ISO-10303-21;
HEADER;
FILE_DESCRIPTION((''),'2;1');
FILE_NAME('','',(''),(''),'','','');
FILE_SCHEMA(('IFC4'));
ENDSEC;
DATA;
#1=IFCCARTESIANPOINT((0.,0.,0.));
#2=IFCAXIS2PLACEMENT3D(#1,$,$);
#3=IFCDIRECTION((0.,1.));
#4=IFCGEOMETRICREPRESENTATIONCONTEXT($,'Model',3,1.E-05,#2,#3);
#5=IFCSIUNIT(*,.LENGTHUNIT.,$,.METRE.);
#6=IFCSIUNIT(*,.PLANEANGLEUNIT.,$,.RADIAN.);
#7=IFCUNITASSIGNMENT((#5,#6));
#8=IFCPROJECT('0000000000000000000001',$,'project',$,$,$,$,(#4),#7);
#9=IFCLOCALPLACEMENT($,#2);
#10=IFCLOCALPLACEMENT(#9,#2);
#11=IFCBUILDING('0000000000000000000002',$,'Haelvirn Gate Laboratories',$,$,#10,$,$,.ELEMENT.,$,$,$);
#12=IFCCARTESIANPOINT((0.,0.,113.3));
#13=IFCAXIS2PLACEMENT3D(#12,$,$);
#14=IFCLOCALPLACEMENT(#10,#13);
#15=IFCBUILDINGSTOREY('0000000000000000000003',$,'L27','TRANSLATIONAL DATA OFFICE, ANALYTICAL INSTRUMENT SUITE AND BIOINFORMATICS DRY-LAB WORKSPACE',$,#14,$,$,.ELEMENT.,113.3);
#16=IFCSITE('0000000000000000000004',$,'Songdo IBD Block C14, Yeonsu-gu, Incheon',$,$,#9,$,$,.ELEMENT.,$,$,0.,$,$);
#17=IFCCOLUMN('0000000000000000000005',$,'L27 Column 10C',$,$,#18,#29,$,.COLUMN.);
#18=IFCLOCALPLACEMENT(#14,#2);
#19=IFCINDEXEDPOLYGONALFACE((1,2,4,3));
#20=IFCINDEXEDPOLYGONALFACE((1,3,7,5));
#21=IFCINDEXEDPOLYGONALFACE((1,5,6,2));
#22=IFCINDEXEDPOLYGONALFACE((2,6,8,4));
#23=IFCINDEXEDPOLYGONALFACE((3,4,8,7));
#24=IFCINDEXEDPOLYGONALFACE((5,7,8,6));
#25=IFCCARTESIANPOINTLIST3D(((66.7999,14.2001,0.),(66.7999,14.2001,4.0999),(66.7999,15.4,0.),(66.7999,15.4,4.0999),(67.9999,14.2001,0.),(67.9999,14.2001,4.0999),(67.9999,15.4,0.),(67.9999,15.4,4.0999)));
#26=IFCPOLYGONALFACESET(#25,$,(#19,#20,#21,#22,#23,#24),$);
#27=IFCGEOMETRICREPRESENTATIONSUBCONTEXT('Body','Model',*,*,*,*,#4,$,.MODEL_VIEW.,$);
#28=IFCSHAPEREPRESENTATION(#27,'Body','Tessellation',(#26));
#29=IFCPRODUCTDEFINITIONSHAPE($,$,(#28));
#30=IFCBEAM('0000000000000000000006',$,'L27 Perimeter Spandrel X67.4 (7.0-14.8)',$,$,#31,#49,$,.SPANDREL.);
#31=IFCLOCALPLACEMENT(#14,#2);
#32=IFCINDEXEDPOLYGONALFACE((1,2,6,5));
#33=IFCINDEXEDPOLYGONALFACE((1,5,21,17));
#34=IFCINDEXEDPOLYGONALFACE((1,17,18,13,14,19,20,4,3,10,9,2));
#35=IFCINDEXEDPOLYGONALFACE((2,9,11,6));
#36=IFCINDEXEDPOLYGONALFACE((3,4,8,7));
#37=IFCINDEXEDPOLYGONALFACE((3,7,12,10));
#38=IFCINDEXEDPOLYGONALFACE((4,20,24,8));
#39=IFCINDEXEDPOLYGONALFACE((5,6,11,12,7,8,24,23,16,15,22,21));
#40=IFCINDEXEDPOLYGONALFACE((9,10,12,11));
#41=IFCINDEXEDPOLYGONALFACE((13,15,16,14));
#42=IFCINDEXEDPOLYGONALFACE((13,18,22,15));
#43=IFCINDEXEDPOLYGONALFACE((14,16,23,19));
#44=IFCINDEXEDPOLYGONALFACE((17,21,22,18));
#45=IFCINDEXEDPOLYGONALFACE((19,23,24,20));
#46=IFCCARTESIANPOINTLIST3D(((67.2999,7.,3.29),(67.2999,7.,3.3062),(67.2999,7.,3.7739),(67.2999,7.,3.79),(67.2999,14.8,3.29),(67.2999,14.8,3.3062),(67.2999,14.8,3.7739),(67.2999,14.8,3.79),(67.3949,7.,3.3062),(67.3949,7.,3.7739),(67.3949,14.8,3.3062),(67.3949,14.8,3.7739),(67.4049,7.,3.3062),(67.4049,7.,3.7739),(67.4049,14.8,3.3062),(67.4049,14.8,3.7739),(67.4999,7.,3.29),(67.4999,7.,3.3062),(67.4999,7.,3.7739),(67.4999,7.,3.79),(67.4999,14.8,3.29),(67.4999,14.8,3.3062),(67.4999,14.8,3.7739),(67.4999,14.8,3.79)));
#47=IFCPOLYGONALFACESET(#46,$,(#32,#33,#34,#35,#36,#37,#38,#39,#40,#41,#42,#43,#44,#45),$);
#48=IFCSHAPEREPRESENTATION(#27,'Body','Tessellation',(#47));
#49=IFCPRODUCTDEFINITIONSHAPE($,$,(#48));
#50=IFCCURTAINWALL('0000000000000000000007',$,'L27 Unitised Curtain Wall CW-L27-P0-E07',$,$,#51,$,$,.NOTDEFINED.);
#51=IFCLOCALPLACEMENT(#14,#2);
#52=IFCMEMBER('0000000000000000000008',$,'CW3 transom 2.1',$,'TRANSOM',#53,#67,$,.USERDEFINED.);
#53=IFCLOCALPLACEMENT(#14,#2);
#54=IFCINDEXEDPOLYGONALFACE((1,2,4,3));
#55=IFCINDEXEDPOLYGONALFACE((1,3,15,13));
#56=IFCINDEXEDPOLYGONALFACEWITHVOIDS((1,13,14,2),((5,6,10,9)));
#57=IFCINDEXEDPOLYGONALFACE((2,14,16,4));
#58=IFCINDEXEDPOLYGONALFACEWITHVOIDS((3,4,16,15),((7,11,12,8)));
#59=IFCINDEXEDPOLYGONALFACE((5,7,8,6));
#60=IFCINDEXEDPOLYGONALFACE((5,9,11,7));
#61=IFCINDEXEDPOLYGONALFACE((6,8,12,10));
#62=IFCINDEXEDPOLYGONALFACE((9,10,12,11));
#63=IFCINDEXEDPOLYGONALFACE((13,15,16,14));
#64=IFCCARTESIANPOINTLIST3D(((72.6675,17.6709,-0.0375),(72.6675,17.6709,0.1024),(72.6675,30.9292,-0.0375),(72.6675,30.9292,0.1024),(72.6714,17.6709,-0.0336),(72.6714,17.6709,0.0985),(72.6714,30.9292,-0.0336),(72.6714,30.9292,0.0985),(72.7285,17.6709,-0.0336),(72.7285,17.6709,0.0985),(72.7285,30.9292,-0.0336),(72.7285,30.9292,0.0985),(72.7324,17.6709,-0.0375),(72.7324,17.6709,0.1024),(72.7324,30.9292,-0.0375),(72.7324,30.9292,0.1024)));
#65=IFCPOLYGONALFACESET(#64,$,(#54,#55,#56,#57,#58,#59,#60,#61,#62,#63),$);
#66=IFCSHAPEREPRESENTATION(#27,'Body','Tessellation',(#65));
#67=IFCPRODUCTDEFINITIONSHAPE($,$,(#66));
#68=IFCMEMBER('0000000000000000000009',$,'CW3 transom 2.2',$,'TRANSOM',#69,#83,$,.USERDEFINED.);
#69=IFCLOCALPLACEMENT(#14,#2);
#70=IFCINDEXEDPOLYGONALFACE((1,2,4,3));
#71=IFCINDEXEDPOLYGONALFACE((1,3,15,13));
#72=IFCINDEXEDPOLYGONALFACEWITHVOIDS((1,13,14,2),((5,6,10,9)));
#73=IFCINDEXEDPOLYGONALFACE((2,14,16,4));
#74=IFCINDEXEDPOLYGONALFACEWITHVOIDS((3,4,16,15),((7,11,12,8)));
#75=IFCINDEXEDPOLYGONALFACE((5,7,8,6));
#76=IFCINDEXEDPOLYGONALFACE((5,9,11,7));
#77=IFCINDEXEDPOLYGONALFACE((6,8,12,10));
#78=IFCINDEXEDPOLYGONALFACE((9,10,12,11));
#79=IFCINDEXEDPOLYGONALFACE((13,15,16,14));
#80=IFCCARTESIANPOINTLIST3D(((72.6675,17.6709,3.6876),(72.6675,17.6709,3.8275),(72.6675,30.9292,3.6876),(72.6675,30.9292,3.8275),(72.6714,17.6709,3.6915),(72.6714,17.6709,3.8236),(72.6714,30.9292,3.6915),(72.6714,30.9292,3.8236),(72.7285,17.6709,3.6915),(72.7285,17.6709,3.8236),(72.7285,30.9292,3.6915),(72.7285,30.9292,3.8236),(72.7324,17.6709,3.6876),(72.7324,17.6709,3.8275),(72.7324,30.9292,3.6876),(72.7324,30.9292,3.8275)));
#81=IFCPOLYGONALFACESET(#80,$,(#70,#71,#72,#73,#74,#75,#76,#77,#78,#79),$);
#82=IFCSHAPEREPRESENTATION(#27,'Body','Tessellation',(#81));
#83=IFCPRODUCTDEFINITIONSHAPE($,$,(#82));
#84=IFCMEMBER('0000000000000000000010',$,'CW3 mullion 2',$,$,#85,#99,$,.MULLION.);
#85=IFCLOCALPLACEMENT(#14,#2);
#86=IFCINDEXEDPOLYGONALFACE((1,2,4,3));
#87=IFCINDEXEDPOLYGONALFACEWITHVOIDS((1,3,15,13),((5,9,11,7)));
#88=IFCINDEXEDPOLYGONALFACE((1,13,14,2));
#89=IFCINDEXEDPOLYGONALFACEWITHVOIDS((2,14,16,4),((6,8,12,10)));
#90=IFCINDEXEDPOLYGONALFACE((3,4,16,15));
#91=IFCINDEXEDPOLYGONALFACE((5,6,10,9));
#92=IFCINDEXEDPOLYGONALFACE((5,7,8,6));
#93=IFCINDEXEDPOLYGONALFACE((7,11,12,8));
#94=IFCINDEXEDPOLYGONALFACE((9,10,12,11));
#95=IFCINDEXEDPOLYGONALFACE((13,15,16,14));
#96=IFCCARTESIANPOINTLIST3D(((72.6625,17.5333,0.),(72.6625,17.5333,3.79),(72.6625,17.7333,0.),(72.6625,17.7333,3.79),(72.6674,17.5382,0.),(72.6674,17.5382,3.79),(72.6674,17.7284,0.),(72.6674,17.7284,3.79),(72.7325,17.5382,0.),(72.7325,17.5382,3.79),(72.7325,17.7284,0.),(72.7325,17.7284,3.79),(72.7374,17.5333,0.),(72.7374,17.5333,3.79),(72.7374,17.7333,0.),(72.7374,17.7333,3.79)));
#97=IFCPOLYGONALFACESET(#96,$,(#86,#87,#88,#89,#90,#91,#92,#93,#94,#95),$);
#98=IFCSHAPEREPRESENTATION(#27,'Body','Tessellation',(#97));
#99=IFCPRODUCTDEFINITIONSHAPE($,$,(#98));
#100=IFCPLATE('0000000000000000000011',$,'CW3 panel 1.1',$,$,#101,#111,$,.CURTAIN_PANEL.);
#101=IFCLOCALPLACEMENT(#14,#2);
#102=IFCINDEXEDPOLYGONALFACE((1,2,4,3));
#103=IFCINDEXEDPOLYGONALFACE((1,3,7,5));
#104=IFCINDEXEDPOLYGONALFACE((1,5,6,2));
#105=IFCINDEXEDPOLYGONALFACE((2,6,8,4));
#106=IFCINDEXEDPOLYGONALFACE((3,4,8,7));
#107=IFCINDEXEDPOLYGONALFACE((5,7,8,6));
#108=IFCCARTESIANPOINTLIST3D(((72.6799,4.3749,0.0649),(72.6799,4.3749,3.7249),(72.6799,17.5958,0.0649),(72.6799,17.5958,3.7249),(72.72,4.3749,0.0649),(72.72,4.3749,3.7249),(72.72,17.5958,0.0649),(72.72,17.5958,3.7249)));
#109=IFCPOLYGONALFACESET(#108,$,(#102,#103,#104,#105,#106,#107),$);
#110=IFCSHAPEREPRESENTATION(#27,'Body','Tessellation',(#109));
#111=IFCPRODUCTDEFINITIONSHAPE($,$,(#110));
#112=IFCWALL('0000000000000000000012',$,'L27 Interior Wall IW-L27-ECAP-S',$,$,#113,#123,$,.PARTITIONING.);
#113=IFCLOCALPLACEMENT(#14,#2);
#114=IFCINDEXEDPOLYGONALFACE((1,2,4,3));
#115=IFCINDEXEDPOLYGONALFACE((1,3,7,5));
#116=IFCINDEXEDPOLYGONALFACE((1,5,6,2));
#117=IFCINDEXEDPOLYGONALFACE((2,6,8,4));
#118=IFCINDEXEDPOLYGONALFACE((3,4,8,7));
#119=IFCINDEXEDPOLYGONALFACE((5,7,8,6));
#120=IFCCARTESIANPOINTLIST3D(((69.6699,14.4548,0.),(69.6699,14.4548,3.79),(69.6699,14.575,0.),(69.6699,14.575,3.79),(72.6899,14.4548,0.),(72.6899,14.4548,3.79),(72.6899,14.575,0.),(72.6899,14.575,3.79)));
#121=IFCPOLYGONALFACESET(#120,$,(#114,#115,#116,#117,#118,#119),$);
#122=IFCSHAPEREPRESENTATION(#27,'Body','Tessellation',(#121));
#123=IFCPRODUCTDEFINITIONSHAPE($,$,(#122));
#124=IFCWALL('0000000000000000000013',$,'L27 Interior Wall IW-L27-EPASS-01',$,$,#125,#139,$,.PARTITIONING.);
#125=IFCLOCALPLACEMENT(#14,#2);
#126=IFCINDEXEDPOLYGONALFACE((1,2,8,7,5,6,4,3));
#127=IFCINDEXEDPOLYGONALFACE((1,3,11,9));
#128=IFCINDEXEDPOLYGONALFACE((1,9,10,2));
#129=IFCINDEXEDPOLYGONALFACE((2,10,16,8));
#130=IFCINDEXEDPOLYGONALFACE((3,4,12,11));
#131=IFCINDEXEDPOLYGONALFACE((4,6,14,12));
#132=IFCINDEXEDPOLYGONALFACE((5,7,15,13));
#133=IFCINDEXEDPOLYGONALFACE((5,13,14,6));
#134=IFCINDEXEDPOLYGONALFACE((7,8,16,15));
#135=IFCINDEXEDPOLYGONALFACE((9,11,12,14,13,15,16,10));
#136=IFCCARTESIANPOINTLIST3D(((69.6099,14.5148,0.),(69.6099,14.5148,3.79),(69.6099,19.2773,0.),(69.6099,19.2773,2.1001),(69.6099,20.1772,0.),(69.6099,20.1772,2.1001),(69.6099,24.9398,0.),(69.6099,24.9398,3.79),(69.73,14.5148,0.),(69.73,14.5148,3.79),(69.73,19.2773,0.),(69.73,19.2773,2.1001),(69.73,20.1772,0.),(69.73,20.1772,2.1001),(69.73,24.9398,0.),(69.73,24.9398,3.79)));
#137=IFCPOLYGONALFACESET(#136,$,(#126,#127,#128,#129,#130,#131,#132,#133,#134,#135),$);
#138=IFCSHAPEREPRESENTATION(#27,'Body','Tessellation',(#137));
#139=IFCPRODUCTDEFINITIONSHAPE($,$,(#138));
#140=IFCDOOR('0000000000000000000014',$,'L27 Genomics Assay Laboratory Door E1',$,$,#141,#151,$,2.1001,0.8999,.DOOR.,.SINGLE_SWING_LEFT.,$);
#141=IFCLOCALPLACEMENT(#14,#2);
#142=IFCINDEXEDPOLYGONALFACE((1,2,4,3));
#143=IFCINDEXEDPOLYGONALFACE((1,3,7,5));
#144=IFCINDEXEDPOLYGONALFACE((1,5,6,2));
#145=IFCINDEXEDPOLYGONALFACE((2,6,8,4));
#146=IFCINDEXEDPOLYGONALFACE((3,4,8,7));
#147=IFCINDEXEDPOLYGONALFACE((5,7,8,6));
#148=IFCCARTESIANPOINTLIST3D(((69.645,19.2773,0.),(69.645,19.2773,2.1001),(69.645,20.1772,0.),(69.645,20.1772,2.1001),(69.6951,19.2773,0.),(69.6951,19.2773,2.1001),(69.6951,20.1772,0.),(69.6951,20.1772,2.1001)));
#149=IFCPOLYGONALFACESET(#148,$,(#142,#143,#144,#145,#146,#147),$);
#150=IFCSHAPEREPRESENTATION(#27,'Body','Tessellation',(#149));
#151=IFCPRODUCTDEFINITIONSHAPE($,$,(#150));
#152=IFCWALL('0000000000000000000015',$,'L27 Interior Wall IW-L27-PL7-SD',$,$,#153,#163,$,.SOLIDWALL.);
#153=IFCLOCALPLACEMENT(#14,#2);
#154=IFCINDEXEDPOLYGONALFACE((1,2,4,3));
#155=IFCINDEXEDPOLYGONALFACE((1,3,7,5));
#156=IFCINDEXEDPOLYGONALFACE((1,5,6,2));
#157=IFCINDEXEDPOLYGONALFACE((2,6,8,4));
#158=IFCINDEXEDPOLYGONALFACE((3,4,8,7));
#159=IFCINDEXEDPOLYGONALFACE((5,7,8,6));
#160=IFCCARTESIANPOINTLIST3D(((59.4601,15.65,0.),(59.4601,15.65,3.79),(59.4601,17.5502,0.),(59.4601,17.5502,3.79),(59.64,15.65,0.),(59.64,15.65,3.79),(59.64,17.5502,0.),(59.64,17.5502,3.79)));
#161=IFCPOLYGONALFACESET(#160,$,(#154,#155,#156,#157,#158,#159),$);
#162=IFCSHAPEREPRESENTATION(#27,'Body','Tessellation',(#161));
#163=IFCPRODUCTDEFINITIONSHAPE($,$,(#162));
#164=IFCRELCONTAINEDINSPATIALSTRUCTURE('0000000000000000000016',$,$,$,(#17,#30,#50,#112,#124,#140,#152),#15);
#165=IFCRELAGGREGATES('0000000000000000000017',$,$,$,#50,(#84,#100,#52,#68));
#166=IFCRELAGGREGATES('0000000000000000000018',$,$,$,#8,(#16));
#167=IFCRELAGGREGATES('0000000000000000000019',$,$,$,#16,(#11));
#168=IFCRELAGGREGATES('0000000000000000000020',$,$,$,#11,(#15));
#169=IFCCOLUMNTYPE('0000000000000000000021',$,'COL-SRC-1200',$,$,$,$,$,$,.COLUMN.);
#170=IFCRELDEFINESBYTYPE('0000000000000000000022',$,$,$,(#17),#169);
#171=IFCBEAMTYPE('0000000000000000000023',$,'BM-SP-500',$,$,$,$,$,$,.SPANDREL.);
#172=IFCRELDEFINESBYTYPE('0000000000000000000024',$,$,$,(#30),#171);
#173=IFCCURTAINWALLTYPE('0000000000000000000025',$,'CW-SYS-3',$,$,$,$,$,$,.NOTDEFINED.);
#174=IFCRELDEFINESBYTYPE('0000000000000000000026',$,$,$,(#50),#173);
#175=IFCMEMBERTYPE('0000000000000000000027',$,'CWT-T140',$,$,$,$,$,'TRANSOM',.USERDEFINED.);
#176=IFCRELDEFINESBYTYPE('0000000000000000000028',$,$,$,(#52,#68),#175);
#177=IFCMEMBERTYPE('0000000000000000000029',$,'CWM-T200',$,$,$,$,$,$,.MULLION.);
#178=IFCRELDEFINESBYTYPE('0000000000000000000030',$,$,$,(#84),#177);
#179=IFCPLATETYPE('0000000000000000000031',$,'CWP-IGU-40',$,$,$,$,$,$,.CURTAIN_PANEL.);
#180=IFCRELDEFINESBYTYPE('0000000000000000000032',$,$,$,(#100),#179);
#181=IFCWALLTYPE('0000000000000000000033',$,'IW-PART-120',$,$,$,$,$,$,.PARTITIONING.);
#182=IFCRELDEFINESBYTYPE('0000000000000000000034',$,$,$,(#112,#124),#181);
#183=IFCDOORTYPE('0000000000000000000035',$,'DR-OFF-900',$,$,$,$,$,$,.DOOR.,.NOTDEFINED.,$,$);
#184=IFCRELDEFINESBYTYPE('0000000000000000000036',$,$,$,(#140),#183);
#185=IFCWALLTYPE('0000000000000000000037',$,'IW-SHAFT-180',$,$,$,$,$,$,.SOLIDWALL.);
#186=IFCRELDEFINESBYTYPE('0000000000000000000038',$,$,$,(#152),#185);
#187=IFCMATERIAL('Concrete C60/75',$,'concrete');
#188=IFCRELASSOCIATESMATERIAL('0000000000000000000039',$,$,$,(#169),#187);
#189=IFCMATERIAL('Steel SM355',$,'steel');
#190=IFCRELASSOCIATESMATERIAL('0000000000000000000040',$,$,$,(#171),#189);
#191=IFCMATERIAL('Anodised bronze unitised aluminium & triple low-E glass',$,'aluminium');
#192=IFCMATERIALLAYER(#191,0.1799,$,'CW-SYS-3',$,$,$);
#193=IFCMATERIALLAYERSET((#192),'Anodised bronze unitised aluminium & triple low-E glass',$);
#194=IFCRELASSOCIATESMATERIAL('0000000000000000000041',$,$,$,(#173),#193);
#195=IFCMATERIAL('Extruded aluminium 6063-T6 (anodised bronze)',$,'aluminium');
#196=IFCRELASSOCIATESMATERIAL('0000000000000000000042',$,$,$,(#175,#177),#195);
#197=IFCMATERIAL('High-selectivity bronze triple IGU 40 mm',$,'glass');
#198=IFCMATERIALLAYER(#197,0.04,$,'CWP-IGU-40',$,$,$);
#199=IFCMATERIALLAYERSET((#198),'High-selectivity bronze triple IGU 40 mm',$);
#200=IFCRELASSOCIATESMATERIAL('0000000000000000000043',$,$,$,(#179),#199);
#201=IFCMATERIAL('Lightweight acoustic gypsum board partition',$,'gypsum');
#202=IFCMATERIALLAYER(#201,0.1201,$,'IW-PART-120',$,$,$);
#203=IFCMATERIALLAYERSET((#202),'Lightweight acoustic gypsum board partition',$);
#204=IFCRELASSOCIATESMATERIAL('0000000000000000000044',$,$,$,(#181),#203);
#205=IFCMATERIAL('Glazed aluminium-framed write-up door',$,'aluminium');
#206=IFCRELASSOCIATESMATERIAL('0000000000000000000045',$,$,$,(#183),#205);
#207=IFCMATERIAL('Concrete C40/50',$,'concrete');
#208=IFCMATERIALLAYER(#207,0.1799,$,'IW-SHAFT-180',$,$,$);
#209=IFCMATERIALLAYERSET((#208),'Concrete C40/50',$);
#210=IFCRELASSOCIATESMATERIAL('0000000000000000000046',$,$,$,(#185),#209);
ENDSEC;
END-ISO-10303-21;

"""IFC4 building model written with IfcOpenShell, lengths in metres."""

from ifc_helpers import new_model, si_unit, direction, frame, frame_2d, origin, origin_2d, place, context, subcontext, project, spatial, rectangle, hollow_rectangle, i_section, extrude, source, transform, mapped, material, layer, layer_set, material_profile, profile_set, type_object, type_shapes, element, fill, aggregate, save


model = new_model("IFC4")

# Units and contexts
model_context = context("Model", 3, precision=1e-05, world=origin(), true_north=direction((0.0, 1.0)))
body_context = subcontext(model_context, "Body", "Model", "MODEL_VIEW")
ifc_project = project(units=[si_unit("LENGTHUNIT", "METRE"), si_unit("PLANEANGLEUNIT", "RADIAN")], contexts=[model_context])

# Site, building, storey
site_placement = place(None, origin())
site = spatial("IfcSite", under=ifc_project, at=site_placement, Name="Songdo IBD Block C14, Yeonsu-gu, Incheon", CompositionType="ELEMENT", RefElevation=0.0)
building_placement = place(site_placement, origin())
building = spatial("IfcBuilding", under=site, at=building_placement, Name="Haelvirn Gate Laboratories", CompositionType="ELEMENT")
storey_placement = place(building_placement, frame((0.0, 0.0, 113.3)))
storey = spatial("IfcBuildingStorey", under=building, at=storey_placement, Name="L27", Description="TRANSLATIONAL DATA OFFICE, ANALYTICAL INSTRUMENT SUITE AND BIOINFORMATICS DRY-LAB WORKSPACE", CompositionType="ELEMENT", Elevation=113.3)

# Column
ifc_material_1 = material(Name="Concrete C60/75", Category="concrete")
ifc_material_profile_1 = material_profile(ifc_material_1, rectangle(XDim=1.2, YDim=1.2, at=origin_2d()), Name="SRC-1200x1200")
ifc_profile_set_1 = profile_set([ifc_material_profile_1], Name="Concrete C60/75")
column_type = type_object("IfcColumnType", Name="COL-SRC-1200", PredefinedType="COLUMN", material=ifc_profile_set_1)
shared_shape_1 = source(origin(), body_context, "Body", "SweptSolid", [
    extrude(rectangle(XDim=1.2, YDim=1.2, at=origin_2d()), origin(), (0.0, 0.0, 1.0), 4.0999),
])
type_shapes(column_type, [shared_shape_1])
column_placement = place(storey_placement, frame((67.3999, 14.8, 0.0), z_axis=(0.0, 0.0, 1.0), x_axis=(1.0, 0.0, 0.0)))
element("IfcColumn", 1, at=column_placement, inside=storey, type_object=column_type, Name="L27 Column 10C", PredefinedType="COLUMN", context=body_context, shape_type="MappedRepresentation", body=[
    mapped(shared_shape_1, transform((0.0, 0.0, 0.0), scale=1.0)),
])

# Beam
ifc_material_2 = material(Name="Steel SM355", Category="steel")
ifc_material_profile_2 = material_profile(ifc_material_2, i_section(OverallWidth=0.2, OverallDepth=0.5, WebThickness=0.01, FlangeThickness=0.0161, at=origin_2d()), Name="H-500x200x10x16")
ifc_profile_set_2 = profile_set([ifc_material_profile_2], Name="Steel SM355")
beam_type = type_object("IfcBeamType", Name="BM-SP-500", PredefinedType="SPANDREL", material=ifc_profile_set_2)
shared_shape_2 = source(origin(), body_context, "Body", "SweptSolid", [
    extrude(i_section(OverallWidth=0.2, OverallDepth=0.5, WebThickness=0.01, FlangeThickness=0.0161, at=origin_2d()), origin(), (0.0, 0.0, 1.0), 7.8),
])
type_shapes(beam_type, [shared_shape_2])
beam_placement = place(storey_placement, frame((67.3999, 7.0, 3.54), z_axis=(0.0, 1.0, 0.0), x_axis=(-1.0, 0.0, 0.0)))
element("IfcBeam", 2, at=beam_placement, inside=storey, type_object=beam_type, Name="L27 Perimeter Spandrel X67.4 (7.0-14.8)", PredefinedType="SPANDREL", context=body_context, shape_type="MappedRepresentation", body=[
    mapped(shared_shape_2, transform((0.0, 0.0, 0.0), scale=1.0)),
])

# Curtain wall, members, plate
ifc_material_3 = material(Name="Anodised bronze unitised aluminium & triple low-E glass", Category="aluminium")
ifc_layer_1 = layer(ifc_material_3, 0.1799, Name="CW-SYS-3")
ifc_layer_set_1 = layer_set([ifc_layer_1], Name="Anodised bronze unitised aluminium & triple low-E glass")
curtain_wall_type = type_object("IfcCurtainWallType", Name="CW-SYS-3", PredefinedType="NOTDEFINED", material=ifc_layer_set_1)
curtain_wall_placement = place(storey_placement, origin())
curtain_wall = element("IfcCurtainWall", 3, at=curtain_wall_placement, inside=storey, type_object=curtain_wall_type, Name="L27 Unitised Curtain Wall CW-L27-P0-E07", PredefinedType="NOTDEFINED")
ifc_material_4 = material(Name="Extruded aluminium 6063-T6 (anodised bronze)", Category="aluminium")
ifc_material_profile_3 = material_profile(ifc_material_4, hollow_rectangle(XDim=0.0649, YDim=0.1399, WallThickness=0.0039, at=origin_2d()), Name="CWT-140x65x4")
ifc_profile_set_3 = profile_set([ifc_material_profile_3], Name="Extruded aluminium 6063-T6 (anodised bronze)")
member_type_1 = type_object("IfcMemberType", Name="CWT-T140", ElementType="TRANSOM", PredefinedType="USERDEFINED", material=ifc_profile_set_3)
shared_shape_3 = source(origin(), body_context, "Body", "SweptSolid", [
    extrude(hollow_rectangle(XDim=0.0649, YDim=0.1399, WallThickness=0.0039, at=origin_2d()), origin(), (0.0, 0.0, 1.0), 13.2583),
])
type_shapes(member_type_1, [shared_shape_3])
member_1_placement = place(storey_placement, frame((72.7, 17.6709, 0.0325), z_axis=(0.0, 1.0, 0.0), x_axis=(-1.0, 0.0, 0.0)))
member_1 = element("IfcMember", 4, at=member_1_placement, type_object=member_type_1, Name="CW3 transom 2.1", ObjectType="TRANSOM", PredefinedType="USERDEFINED", context=body_context, shape_type="MappedRepresentation", body=[
    mapped(shared_shape_3, transform((0.0, 0.0, 0.0), scale=1.0)),
])
member_2_placement = place(storey_placement, frame((72.7, 17.6709, 3.7576), z_axis=(0.0, 1.0, 0.0), x_axis=(-1.0, 0.0, 0.0)))
member_2 = element("IfcMember", 5, at=member_2_placement, type_object=member_type_1, Name="CW3 transom 2.2", ObjectType="TRANSOM", PredefinedType="USERDEFINED", context=body_context, shape_type="MappedRepresentation", body=[
    mapped(shared_shape_3, transform((0.0, 0.0, 0.0), scale=1.0)),
])
ifc_material_profile_4 = material_profile(ifc_material_4, hollow_rectangle(XDim=0.075, YDim=0.2, WallThickness=0.0049, at=origin_2d()), Name="CWM-200x75x5")
ifc_profile_set_4 = profile_set([ifc_material_profile_4], Name="Extruded aluminium 6063-T6 (anodised bronze)")
member_type_2 = type_object("IfcMemberType", Name="CWM-T200", PredefinedType="MULLION", material=ifc_profile_set_4)
shared_shape_4 = source(origin(), body_context, "Body", "SweptSolid", [
    extrude(hollow_rectangle(XDim=0.075, YDim=0.2, WallThickness=0.0049, at=origin_2d()), origin(), (0.0, 0.0, 1.0), 3.79),
])
type_shapes(member_type_2, [shared_shape_4])
member_3_placement = place(storey_placement, frame((72.7, 17.6333, 0.0), z_axis=(0.0, 0.0, 1.0), x_axis=(-1.0, 0.0, 0.0)))
member_3 = element("IfcMember", 6, at=member_3_placement, type_object=member_type_2, Name="CW3 mullion 2", PredefinedType="MULLION", context=body_context, shape_type="MappedRepresentation", body=[
    mapped(shared_shape_4, transform((0.0, 0.0, 0.0), scale=1.0)),
])
ifc_material_5 = material(Name="High-selectivity bronze triple IGU 40 mm", Category="glass")
ifc_layer_2 = layer(ifc_material_5, 0.04, Name="CWP-IGU-40")
ifc_layer_set_2 = layer_set([ifc_layer_2], Name="High-selectivity bronze triple IGU 40 mm")
plate_type = type_object("IfcPlateType", Name="CWP-IGU-40", PredefinedType="CURTAIN_PANEL", material=ifc_layer_set_2)
shared_shape_5 = source(origin(), body_context, "Body", "SweptSolid", [
    extrude(rectangle(XDim=13.2209, YDim=0.04, at=origin_2d()), origin(), (0.0, 0.0, 1.0), 3.6599),
])
type_shapes(plate_type, [shared_shape_5])
plate_placement = place(storey_placement, frame((72.7, 10.9854, 0.0649), z_axis=(0.0, 0.0, 1.0), x_axis=(0.0, 1.0, 0.0)))
plate = element("IfcPlate", 7, at=plate_placement, type_object=plate_type, Name="CW3 panel 1.1", PredefinedType="CURTAIN_PANEL", context=body_context, shape_type="MappedRepresentation", body=[
    mapped(shared_shape_5, transform((0.0, 0.0, 0.0), scale=1.0)),
])
aggregate(curtain_wall, [member_3, plate, member_1, member_2])

# Wall
ifc_material_6 = material(Name="Lightweight acoustic gypsum board partition", Category="gypsum")
ifc_layer_3 = layer(ifc_material_6, 0.1201, Name="IW-PART-120")
ifc_layer_set_3 = layer_set([ifc_layer_3], Name="Lightweight acoustic gypsum board partition")
wall_type_1 = type_object("IfcWallType", Name="IW-PART-120", PredefinedType="PARTITIONING", material=ifc_layer_set_3)
wall_1_placement = place(storey_placement, frame((69.6699, 14.5149, 0.0), z_axis=(0.0, 0.0, 1.0), x_axis=(1.0, 0.0, 0.0)))
element("IfcWall", 8, at=wall_1_placement, inside=storey, type_object=wall_type_1, Name="L27 Interior Wall IW-L27-ECAP-S", PredefinedType="PARTITIONING", context=body_context, shape_type="SweptSolid", body=[
    extrude(rectangle(XDim=3.02, YDim=0.1201, at=frame_2d((1.51, 0.0))), origin(), (0.0, 0.0, 1.0), 3.79),
])

# Wall, opening, door
wall_2_placement = place(storey_placement, frame((69.6699, 14.5149, 0.0), z_axis=(0.0, 0.0, 1.0), x_axis=(0.0, 1.0, 0.0)))
wall_2 = element("IfcWall", 9, at=wall_2_placement, inside=storey, type_object=wall_type_1, Name="L27 Interior Wall IW-L27-EPASS-01", PredefinedType="PARTITIONING", context=body_context, shape_type="SweptSolid", body=[
    extrude(rectangle(XDim=10.425, YDim=0.1201, at=frame_2d((5.2124, 0.0))), origin(), (0.0, 0.0, 1.0), 3.79),
])
opening_1_placement = place(wall_2_placement, frame((4.7625, 0.0, 0.0)))
opening_1 = element("IfcOpeningElement", 10, at=opening_1_placement, cuts=wall_2, PredefinedType="OPENING", context=body_context, shape_type="SweptSolid", body=[
    extrude(rectangle(XDim=0.8999, YDim=2.1001, at=frame_2d((0.45, 1.05))), frame((0.0, 0.0701, 0.0), z_axis=(0.0, -1.0, 0.0), x_axis=(1.0, 0.0, 0.0)), (0.0, 0.0, 1.0), 0.1401),
])
ifc_material_7 = material(Name="Glazed aluminium-framed write-up door", Category="aluminium")
door_type_1 = type_object("IfcDoorType", Name="DR-OFF-900", OperationType="NOTDEFINED", PredefinedType="DOOR", material=ifc_material_7)
shared_shape_6 = source(origin(), body_context, "Body", "SweptSolid", [
    extrude(rectangle(XDim=0.8999, YDim=2.1001, at=frame_2d((0.45, 1.05))), frame((0.0, 0.0249, 0.0), z_axis=(0.0, -1.0, 0.0), x_axis=(1.0, 0.0, 0.0)), (0.0, 0.0, 1.0), 0.05),
])
type_shapes(door_type_1, [shared_shape_6])
door_1_placement = place(opening_1_placement, origin())
door_1 = element("IfcDoor", 11, at=door_1_placement, inside=storey, type_object=door_type_1, Name="L27 Genomics Assay Laboratory Door E1", OperationType="SINGLE_SWING_LEFT", OverallHeight=2.1001, OverallWidth=0.8999, PredefinedType="DOOR", context=body_context, shape_type="MappedRepresentation", body=[
    mapped(shared_shape_6, transform((0.0, 0.0, 0.0), scale=1.0)),
])
fill(opening_1, door_1)

# Wall
ifc_material_8 = material(Name="Concrete C40/50", Category="concrete")
ifc_layer_4 = layer(ifc_material_8, 0.1799, Name="IW-SHAFT-180")
ifc_layer_set_4 = layer_set([ifc_layer_4], Name="Concrete C40/50")
wall_type_2 = type_object("IfcWallType", Name="IW-SHAFT-180", PredefinedType="SOLIDWALL", material=ifc_layer_set_4)
for number, where, z_axis, x_axis, name in (
    (12, (59.55, 15.6499, 0.0), (0.0, 0.0, 1.0), (0.0, 1.0, 0.0), "L27 Interior Wall IW-L27-PL7-SD"),
):
    element("IfcWall", number, at=place(storey_placement, frame(where, z_axis=z_axis, x_axis=x_axis)), inside=storey, type_object=wall_type_2, Name=name, PredefinedType="SOLIDWALL", context=body_context, shape_type="SweptSolid", body=[
        extrude(rectangle(XDim=1.9001, YDim=0.1799, at=frame_2d((0.9502, 0.0))), origin(), (0.0, 0.0, 1.0), 3.79),
    ])

save(model, "model.ifc")
